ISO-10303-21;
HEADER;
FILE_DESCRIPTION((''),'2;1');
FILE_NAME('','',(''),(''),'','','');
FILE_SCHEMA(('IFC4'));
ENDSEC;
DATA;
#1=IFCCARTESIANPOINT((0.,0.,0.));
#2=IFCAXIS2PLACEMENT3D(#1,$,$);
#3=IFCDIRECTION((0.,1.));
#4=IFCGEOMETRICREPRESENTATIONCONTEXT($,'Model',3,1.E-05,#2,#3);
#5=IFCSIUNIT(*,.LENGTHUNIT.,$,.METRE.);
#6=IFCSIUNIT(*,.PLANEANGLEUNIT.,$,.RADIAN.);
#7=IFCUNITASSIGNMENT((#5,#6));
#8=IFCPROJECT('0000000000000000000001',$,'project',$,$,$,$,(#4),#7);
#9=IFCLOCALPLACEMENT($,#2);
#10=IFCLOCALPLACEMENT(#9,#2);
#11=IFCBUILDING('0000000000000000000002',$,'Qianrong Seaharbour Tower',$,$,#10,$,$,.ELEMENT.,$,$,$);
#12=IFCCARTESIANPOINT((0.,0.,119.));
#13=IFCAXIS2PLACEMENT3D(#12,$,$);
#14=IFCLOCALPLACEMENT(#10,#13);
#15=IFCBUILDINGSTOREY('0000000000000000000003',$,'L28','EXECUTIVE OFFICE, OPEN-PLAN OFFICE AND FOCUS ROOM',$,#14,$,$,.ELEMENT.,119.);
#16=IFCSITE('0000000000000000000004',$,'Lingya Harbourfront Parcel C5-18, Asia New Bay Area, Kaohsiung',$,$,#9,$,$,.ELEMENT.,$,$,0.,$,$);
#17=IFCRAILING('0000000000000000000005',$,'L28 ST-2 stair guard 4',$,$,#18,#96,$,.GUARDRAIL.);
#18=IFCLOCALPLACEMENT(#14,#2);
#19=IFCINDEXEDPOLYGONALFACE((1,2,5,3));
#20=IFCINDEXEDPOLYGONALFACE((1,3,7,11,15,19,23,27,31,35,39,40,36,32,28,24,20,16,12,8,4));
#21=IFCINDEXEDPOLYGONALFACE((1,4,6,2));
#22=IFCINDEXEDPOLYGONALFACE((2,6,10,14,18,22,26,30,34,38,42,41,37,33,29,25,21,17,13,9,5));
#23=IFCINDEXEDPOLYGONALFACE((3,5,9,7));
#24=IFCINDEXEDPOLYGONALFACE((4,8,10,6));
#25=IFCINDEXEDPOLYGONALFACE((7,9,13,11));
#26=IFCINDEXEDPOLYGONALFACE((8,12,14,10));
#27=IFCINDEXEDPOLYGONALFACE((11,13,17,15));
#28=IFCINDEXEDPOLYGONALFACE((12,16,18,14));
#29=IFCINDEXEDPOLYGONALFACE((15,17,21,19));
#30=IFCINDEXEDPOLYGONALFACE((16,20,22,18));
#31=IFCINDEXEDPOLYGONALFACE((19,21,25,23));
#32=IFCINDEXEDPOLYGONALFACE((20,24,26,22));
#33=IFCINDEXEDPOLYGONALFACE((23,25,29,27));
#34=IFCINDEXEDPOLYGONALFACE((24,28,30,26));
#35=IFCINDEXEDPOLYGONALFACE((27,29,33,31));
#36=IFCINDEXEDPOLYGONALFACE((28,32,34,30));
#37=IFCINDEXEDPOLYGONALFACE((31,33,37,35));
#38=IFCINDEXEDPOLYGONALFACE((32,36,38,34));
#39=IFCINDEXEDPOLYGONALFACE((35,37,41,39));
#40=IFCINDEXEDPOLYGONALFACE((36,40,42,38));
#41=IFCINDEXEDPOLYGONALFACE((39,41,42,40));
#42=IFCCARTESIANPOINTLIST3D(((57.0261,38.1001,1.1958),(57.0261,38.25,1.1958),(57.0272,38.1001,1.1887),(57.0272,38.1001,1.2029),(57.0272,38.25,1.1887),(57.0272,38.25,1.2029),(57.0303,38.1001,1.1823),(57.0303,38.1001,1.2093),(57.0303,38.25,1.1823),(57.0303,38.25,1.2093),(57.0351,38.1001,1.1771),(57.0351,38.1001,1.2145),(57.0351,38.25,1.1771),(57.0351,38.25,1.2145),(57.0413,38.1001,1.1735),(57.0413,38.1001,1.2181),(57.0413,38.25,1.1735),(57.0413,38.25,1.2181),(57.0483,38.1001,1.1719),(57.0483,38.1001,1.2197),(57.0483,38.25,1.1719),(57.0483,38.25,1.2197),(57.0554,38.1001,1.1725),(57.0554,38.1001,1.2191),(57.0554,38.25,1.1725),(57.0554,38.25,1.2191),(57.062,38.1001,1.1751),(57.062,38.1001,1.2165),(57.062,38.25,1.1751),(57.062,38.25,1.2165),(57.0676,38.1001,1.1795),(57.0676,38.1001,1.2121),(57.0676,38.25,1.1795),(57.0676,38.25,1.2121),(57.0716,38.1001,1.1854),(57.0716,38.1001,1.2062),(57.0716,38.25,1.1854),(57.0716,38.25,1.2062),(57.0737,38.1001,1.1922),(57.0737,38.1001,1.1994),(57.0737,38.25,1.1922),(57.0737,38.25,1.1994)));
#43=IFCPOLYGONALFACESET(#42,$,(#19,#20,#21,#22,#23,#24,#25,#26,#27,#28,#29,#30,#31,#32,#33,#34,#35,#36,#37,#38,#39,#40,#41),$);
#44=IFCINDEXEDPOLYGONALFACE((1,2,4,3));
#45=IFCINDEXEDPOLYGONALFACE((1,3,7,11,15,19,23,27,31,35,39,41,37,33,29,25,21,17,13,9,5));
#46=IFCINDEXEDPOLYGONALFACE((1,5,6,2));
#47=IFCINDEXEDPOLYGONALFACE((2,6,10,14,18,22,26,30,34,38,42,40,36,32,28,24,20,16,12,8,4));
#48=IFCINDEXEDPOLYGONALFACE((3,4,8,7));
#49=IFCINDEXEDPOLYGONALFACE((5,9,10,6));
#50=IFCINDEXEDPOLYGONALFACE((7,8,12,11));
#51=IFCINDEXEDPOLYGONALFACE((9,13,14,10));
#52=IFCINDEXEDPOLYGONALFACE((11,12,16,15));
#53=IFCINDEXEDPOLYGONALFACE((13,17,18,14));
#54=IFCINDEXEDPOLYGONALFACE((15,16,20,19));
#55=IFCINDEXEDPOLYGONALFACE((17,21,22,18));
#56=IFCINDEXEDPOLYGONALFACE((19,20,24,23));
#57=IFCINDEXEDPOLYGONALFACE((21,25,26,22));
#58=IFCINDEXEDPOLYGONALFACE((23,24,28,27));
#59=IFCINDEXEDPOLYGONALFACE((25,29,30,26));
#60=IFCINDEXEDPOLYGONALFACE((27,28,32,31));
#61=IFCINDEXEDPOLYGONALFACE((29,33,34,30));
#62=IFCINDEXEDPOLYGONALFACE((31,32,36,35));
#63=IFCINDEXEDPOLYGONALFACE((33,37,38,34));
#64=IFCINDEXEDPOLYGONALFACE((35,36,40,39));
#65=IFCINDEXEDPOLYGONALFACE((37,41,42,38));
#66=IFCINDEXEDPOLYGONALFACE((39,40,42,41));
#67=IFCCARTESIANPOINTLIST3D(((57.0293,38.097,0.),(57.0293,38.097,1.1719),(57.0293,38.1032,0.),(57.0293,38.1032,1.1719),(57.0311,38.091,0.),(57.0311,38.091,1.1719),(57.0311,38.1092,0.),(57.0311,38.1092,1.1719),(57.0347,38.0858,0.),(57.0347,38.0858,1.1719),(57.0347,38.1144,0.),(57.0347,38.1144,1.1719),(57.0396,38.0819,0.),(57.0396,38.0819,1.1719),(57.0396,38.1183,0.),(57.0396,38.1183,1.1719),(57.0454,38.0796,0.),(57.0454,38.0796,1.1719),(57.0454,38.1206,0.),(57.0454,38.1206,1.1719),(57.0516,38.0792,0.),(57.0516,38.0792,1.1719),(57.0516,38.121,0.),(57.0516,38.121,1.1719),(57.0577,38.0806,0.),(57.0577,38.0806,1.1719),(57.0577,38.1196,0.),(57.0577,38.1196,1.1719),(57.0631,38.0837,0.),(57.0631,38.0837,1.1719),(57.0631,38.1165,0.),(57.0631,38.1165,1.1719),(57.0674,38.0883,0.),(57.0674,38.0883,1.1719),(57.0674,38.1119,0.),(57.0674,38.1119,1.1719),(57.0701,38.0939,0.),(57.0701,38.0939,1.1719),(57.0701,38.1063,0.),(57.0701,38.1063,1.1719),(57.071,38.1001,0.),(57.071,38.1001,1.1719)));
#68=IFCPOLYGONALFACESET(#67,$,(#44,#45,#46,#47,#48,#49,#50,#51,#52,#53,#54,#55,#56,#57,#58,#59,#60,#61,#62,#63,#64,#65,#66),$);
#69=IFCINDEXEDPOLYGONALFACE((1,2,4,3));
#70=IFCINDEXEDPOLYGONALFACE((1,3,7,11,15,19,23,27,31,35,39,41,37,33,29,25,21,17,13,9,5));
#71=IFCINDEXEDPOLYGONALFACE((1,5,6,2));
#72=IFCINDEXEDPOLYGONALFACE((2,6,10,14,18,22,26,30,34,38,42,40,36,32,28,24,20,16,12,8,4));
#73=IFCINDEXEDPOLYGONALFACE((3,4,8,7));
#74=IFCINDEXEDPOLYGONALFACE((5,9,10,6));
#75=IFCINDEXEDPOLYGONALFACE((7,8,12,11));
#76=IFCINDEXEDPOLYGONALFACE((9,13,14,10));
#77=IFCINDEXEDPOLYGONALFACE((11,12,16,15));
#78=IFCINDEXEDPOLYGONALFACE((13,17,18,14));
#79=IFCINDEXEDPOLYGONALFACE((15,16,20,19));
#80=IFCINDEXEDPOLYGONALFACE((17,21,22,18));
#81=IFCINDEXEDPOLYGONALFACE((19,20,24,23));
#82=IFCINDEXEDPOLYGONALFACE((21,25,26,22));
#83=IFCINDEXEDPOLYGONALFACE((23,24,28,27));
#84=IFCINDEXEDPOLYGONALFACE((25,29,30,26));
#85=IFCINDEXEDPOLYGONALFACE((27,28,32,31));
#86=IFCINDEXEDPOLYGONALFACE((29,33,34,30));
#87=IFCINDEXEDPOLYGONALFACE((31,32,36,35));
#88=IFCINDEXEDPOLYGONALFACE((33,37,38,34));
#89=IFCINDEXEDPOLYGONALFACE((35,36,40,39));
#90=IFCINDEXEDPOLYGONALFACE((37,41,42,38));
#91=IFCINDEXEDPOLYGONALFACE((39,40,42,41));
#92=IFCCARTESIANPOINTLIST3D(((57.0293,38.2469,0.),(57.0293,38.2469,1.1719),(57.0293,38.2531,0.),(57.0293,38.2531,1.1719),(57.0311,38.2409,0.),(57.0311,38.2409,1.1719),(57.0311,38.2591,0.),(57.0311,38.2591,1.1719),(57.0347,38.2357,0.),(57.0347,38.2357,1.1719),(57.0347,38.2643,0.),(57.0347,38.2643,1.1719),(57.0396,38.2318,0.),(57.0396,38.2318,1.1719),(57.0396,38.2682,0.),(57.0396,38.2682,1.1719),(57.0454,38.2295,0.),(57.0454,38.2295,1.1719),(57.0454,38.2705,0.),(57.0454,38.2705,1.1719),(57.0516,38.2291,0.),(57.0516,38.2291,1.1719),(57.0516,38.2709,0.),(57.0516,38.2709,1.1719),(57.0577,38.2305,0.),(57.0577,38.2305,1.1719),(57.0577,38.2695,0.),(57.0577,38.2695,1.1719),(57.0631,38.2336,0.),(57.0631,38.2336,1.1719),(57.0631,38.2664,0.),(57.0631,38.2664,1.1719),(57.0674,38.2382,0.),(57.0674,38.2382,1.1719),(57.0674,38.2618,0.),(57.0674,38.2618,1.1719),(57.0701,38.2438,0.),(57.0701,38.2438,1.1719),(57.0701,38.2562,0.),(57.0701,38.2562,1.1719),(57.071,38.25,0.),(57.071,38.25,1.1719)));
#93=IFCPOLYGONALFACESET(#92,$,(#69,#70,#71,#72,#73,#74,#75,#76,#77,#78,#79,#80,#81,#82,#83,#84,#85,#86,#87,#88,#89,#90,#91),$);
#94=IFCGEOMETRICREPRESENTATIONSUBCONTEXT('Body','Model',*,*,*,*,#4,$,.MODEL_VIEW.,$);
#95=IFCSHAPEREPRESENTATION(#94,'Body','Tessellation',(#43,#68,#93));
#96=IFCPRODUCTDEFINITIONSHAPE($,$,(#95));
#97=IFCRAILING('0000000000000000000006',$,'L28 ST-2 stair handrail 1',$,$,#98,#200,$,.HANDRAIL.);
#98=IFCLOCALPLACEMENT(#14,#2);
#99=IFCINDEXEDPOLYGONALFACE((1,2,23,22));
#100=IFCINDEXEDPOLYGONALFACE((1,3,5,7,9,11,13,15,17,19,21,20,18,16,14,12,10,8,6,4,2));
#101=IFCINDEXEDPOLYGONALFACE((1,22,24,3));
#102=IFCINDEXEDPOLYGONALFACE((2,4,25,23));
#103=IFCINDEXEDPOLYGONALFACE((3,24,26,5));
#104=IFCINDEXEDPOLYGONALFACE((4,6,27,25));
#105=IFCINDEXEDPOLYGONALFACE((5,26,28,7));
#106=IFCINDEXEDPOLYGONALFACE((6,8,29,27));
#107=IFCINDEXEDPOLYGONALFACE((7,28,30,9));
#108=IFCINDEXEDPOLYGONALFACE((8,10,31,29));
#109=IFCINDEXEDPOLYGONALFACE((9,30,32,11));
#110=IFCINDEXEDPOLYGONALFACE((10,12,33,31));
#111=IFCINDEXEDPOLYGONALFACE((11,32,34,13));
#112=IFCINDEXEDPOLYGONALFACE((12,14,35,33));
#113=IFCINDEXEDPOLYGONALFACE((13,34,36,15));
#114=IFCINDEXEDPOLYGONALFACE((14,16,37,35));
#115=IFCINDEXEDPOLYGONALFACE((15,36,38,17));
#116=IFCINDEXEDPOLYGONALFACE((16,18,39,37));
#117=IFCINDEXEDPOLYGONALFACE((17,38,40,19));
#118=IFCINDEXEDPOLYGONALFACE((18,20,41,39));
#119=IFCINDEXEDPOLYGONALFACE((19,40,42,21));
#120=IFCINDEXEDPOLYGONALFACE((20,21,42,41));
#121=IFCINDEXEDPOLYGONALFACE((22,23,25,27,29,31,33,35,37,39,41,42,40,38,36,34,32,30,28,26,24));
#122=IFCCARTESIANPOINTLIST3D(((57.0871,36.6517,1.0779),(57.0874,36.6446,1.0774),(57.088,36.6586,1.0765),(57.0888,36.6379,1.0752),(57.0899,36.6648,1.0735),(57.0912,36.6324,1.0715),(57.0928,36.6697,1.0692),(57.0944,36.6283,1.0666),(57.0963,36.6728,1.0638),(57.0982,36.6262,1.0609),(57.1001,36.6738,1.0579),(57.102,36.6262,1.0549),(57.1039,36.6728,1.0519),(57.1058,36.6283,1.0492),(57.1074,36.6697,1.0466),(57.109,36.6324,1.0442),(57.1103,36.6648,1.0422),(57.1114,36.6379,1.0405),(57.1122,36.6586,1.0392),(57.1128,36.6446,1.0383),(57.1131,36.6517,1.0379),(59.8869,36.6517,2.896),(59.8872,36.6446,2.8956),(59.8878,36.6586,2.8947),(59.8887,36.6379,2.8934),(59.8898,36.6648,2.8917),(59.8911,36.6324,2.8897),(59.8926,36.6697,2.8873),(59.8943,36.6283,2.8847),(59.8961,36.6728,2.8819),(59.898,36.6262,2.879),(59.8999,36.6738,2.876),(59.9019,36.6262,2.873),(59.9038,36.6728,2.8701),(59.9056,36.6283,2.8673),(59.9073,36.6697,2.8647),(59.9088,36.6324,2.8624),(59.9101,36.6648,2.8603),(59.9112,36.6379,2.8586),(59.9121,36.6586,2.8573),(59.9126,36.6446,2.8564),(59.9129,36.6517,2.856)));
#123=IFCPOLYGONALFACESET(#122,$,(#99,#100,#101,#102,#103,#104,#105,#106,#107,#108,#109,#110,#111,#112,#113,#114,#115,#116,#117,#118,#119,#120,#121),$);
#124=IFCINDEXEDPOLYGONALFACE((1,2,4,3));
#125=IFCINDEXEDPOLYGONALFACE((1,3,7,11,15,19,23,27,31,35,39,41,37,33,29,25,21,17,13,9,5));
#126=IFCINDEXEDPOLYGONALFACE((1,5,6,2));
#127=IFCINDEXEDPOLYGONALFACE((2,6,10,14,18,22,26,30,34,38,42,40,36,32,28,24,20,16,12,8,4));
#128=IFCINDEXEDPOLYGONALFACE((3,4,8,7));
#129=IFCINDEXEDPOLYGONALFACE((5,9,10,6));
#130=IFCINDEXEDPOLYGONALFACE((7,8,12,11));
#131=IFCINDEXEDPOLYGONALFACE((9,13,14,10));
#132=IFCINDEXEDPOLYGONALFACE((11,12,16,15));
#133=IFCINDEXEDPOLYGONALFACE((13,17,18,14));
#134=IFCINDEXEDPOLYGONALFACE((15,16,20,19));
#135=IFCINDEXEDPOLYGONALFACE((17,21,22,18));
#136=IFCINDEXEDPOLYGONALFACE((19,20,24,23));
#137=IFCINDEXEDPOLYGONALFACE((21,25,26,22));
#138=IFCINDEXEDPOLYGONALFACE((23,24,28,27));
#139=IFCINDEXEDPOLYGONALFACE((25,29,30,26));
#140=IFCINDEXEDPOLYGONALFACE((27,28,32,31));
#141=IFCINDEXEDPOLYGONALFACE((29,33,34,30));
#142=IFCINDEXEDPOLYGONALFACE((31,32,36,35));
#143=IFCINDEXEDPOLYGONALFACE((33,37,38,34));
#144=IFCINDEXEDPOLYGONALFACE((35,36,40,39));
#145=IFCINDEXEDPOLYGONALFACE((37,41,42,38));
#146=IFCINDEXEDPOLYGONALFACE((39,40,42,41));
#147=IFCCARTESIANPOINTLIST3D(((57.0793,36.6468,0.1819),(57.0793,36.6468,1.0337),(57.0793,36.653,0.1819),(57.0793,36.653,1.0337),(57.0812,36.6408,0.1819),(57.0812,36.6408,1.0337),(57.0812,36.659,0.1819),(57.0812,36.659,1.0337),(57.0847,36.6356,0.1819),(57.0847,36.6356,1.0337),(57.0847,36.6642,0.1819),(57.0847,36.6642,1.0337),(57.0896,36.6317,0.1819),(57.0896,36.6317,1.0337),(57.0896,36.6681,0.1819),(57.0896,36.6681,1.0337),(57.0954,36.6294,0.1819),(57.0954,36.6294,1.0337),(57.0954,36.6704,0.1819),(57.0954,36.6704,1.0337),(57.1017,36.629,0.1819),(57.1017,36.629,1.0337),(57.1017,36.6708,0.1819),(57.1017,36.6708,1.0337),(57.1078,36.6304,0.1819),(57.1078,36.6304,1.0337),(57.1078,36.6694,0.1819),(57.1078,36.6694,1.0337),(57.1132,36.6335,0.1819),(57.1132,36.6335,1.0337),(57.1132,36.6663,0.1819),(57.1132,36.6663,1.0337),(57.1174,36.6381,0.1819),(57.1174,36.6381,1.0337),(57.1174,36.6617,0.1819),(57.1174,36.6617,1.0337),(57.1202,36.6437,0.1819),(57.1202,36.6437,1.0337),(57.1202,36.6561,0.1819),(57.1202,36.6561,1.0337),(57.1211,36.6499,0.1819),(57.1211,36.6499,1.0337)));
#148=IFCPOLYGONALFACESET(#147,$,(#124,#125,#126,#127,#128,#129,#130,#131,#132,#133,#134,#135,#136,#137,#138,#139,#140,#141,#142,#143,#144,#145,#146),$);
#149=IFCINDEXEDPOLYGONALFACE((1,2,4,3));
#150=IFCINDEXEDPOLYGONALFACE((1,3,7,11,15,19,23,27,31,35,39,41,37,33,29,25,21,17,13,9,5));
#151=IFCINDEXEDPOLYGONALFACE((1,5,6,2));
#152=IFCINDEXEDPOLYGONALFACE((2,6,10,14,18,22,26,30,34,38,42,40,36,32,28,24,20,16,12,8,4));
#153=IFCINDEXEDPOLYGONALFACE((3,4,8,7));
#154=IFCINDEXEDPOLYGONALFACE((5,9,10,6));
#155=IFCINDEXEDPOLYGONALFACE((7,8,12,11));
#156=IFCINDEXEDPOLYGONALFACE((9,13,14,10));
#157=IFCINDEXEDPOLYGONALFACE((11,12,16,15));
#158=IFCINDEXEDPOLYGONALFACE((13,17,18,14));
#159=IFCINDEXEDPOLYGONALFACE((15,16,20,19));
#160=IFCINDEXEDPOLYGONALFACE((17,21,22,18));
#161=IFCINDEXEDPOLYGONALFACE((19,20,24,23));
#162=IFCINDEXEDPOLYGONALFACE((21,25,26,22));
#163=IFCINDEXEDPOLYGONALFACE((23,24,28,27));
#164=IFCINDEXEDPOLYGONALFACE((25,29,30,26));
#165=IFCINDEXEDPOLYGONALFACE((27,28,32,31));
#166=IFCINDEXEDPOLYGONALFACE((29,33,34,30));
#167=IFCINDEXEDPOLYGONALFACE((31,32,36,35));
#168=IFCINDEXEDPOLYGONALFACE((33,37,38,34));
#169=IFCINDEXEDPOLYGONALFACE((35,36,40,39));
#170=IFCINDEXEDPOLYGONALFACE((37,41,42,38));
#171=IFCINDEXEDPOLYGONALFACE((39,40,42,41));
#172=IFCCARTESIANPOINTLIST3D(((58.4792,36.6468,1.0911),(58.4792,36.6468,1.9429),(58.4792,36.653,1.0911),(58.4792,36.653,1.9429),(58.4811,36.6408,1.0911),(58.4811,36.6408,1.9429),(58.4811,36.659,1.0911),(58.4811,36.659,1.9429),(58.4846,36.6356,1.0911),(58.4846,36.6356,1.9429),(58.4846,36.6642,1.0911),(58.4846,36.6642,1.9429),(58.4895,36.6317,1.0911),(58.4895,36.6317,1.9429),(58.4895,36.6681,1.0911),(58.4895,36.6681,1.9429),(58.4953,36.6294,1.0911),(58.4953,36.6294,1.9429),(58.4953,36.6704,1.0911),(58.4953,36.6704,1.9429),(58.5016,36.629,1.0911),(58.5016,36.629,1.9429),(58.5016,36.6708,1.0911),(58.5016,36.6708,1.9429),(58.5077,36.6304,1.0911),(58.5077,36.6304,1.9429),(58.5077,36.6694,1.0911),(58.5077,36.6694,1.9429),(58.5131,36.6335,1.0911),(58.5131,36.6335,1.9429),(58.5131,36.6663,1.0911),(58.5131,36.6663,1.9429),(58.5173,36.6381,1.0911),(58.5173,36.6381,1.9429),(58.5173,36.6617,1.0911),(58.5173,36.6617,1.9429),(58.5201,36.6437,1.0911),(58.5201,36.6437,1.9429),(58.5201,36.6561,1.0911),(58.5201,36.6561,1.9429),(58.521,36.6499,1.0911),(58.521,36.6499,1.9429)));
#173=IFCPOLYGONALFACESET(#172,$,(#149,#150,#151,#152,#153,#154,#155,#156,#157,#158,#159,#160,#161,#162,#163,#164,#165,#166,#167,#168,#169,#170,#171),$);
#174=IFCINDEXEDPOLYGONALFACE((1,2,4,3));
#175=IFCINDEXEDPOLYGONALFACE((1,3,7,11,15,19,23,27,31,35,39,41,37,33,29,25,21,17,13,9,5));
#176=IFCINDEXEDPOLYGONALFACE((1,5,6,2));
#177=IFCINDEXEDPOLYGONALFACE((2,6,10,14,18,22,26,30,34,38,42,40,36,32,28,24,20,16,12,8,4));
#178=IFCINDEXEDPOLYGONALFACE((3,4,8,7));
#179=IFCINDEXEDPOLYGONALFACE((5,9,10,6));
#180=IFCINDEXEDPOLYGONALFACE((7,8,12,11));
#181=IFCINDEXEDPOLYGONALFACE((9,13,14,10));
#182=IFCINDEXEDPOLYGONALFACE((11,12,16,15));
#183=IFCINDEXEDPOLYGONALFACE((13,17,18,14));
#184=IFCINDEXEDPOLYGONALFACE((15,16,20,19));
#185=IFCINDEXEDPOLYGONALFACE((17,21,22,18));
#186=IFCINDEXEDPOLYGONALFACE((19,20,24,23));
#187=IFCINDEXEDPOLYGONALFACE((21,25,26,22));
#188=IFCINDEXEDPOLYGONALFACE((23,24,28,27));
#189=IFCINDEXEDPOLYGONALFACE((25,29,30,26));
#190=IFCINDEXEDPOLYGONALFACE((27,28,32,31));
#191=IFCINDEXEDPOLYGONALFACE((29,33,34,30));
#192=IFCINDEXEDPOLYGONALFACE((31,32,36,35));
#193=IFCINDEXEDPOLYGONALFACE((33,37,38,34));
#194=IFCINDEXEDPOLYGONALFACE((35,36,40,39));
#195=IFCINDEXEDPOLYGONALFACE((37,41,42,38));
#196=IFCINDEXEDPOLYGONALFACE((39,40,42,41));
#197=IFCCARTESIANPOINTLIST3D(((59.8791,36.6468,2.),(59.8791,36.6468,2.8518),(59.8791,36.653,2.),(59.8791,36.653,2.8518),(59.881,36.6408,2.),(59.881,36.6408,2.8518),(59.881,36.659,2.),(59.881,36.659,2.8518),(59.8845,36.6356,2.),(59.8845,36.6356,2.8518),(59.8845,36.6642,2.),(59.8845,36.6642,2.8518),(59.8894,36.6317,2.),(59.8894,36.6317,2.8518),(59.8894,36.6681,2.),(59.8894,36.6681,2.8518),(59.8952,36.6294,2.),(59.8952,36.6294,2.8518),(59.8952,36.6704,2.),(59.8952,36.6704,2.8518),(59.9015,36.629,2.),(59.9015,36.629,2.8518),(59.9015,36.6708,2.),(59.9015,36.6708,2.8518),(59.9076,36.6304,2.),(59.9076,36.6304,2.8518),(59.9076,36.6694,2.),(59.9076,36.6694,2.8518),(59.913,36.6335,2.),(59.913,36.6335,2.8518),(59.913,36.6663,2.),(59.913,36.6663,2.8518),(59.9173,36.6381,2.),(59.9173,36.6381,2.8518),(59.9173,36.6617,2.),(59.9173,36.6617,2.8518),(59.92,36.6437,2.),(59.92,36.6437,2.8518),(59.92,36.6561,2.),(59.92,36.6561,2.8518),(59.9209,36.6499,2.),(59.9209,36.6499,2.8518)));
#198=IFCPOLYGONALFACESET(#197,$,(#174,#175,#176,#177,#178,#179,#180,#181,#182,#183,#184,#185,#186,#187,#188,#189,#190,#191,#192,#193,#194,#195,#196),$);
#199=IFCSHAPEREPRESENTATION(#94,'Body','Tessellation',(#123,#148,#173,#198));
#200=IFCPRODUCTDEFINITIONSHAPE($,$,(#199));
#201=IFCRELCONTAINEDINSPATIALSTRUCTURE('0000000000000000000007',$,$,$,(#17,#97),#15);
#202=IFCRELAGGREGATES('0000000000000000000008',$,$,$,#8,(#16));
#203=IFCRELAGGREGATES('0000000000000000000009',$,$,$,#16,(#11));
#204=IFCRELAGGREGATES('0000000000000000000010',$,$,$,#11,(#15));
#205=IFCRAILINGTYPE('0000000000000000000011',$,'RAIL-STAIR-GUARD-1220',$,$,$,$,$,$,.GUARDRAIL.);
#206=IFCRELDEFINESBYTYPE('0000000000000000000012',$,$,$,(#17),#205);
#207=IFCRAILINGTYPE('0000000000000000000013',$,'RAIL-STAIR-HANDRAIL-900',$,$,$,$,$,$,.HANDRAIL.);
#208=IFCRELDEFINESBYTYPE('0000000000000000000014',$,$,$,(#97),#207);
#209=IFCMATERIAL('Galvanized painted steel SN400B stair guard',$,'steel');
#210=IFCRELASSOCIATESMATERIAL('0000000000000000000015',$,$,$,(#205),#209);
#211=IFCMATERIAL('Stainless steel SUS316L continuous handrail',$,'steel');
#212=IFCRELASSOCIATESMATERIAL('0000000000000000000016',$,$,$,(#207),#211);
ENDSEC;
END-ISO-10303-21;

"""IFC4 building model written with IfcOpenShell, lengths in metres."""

from ifc_helpers import new_model, si_unit, direction, frame, origin, origin_2d, place, context, subcontext, project, spatial, circle, extrude, material, type_object, element, save


model = new_model("IFC4")

# Units and contexts
model_context = context("Model", 3, precision=1e-05, world=origin(), true_north=direction((0.0, 1.0)))
body_context = subcontext(model_context, "Body", "Model", "MODEL_VIEW")
ifc_project = project(units=[si_unit("LENGTHUNIT", "METRE"), si_unit("PLANEANGLEUNIT", "RADIAN")], contexts=[model_context])

# Site, building, storey
site_placement = place(None, origin())
site = spatial("IfcSite", under=ifc_project, at=site_placement, Name="Lingya Harbourfront Parcel C5-18, Asia New Bay Area, Kaohsiung", CompositionType="ELEMENT", RefElevation=0.0)
building_placement = place(site_placement, origin())
building = spatial("IfcBuilding", under=site, at=building_placement, Name="Qianrong Seaharbour Tower", CompositionType="ELEMENT")
storey_placement = place(building_placement, frame((0.0, 0.0, 119.0)))
storey = spatial("IfcBuildingStorey", under=building, at=storey_placement, Name="L28", Description="EXECUTIVE OFFICE, OPEN-PLAN OFFICE AND FOCUS ROOM", CompositionType="ELEMENT", Elevation=119.0)

# Railings
ifc_material_1 = material(Name="Galvanized painted steel SN400B stair guard", Category="steel")
railing_type_1 = type_object("IfcRailingType", Name="RAIL-STAIR-GUARD-1220", PredefinedType="GUARDRAIL", material=ifc_material_1)
railing_1_placement = place(storey_placement, frame((57.05, 38.1001, 0.0)))
element("IfcRailing", 1, at=railing_1_placement, inside=storey, type_object=railing_type_1, Name="L28 ST-2 stair guard 4", PredefinedType="GUARDRAIL", context=body_context, shape_type="SweptSolid", body=[
    extrude(circle(Radius=0.0239, at=origin_2d()), frame((0.0, 0.0, 1.1958), z_axis=(0.0, 1.0, 0.0), x_axis=(-1.0, 0.0, 0.0)), (0.0, 0.0, 1.0), 0.1499),
    extrude(circle(Radius=0.021, at=origin_2d()), origin(), (0.0, 0.0, 1.0), 1.1719),
    extrude(circle(Radius=0.021, at=origin_2d()), frame((0.0, 0.1499, 0.0)), (0.0, 0.0, 1.0), 1.1719),
])
ifc_material_2 = material(Name="Stainless steel SUS316L continuous handrail", Category="steel")
railing_type_2 = type_object("IfcRailingType", Name="RAIL-STAIR-HANDRAIL-900", PredefinedType="HANDRAIL", material=ifc_material_2)
railing_2_placement = place(storey_placement, frame((57.1001, 36.6499, 0.1819)))
element("IfcRailing", 2, at=railing_2_placement, inside=storey, type_object=railing_type_2, Name="L28 ST-2 stair handrail 1", PredefinedType="HANDRAIL", context=body_context, shape_type="SweptSolid", body=[
    extrude(circle(Radius=0.0239, at=origin_2d()), frame((0.0, 0.0, 0.876), z_axis=(0.838684, 0.0, 0.544618), x_axis=(0.0, 1.0, 0.0)), (0.0, 0.0, 1.0), 3.3384),
    extrude(circle(Radius=0.021, at=origin_2d()), origin(), (0.0, 0.0, 1.0), 0.8518),
    extrude(circle(Radius=0.021, at=origin_2d()), frame((1.3999, 0.0, 0.9092)), (0.0, 0.0, 1.0), 0.8518),
    extrude(circle(Radius=0.021, at=origin_2d()), frame((2.7998, 0.0, 1.8181)), (0.0, 0.0, 1.0), 0.8518),
])

save(model, "model.ifc")
